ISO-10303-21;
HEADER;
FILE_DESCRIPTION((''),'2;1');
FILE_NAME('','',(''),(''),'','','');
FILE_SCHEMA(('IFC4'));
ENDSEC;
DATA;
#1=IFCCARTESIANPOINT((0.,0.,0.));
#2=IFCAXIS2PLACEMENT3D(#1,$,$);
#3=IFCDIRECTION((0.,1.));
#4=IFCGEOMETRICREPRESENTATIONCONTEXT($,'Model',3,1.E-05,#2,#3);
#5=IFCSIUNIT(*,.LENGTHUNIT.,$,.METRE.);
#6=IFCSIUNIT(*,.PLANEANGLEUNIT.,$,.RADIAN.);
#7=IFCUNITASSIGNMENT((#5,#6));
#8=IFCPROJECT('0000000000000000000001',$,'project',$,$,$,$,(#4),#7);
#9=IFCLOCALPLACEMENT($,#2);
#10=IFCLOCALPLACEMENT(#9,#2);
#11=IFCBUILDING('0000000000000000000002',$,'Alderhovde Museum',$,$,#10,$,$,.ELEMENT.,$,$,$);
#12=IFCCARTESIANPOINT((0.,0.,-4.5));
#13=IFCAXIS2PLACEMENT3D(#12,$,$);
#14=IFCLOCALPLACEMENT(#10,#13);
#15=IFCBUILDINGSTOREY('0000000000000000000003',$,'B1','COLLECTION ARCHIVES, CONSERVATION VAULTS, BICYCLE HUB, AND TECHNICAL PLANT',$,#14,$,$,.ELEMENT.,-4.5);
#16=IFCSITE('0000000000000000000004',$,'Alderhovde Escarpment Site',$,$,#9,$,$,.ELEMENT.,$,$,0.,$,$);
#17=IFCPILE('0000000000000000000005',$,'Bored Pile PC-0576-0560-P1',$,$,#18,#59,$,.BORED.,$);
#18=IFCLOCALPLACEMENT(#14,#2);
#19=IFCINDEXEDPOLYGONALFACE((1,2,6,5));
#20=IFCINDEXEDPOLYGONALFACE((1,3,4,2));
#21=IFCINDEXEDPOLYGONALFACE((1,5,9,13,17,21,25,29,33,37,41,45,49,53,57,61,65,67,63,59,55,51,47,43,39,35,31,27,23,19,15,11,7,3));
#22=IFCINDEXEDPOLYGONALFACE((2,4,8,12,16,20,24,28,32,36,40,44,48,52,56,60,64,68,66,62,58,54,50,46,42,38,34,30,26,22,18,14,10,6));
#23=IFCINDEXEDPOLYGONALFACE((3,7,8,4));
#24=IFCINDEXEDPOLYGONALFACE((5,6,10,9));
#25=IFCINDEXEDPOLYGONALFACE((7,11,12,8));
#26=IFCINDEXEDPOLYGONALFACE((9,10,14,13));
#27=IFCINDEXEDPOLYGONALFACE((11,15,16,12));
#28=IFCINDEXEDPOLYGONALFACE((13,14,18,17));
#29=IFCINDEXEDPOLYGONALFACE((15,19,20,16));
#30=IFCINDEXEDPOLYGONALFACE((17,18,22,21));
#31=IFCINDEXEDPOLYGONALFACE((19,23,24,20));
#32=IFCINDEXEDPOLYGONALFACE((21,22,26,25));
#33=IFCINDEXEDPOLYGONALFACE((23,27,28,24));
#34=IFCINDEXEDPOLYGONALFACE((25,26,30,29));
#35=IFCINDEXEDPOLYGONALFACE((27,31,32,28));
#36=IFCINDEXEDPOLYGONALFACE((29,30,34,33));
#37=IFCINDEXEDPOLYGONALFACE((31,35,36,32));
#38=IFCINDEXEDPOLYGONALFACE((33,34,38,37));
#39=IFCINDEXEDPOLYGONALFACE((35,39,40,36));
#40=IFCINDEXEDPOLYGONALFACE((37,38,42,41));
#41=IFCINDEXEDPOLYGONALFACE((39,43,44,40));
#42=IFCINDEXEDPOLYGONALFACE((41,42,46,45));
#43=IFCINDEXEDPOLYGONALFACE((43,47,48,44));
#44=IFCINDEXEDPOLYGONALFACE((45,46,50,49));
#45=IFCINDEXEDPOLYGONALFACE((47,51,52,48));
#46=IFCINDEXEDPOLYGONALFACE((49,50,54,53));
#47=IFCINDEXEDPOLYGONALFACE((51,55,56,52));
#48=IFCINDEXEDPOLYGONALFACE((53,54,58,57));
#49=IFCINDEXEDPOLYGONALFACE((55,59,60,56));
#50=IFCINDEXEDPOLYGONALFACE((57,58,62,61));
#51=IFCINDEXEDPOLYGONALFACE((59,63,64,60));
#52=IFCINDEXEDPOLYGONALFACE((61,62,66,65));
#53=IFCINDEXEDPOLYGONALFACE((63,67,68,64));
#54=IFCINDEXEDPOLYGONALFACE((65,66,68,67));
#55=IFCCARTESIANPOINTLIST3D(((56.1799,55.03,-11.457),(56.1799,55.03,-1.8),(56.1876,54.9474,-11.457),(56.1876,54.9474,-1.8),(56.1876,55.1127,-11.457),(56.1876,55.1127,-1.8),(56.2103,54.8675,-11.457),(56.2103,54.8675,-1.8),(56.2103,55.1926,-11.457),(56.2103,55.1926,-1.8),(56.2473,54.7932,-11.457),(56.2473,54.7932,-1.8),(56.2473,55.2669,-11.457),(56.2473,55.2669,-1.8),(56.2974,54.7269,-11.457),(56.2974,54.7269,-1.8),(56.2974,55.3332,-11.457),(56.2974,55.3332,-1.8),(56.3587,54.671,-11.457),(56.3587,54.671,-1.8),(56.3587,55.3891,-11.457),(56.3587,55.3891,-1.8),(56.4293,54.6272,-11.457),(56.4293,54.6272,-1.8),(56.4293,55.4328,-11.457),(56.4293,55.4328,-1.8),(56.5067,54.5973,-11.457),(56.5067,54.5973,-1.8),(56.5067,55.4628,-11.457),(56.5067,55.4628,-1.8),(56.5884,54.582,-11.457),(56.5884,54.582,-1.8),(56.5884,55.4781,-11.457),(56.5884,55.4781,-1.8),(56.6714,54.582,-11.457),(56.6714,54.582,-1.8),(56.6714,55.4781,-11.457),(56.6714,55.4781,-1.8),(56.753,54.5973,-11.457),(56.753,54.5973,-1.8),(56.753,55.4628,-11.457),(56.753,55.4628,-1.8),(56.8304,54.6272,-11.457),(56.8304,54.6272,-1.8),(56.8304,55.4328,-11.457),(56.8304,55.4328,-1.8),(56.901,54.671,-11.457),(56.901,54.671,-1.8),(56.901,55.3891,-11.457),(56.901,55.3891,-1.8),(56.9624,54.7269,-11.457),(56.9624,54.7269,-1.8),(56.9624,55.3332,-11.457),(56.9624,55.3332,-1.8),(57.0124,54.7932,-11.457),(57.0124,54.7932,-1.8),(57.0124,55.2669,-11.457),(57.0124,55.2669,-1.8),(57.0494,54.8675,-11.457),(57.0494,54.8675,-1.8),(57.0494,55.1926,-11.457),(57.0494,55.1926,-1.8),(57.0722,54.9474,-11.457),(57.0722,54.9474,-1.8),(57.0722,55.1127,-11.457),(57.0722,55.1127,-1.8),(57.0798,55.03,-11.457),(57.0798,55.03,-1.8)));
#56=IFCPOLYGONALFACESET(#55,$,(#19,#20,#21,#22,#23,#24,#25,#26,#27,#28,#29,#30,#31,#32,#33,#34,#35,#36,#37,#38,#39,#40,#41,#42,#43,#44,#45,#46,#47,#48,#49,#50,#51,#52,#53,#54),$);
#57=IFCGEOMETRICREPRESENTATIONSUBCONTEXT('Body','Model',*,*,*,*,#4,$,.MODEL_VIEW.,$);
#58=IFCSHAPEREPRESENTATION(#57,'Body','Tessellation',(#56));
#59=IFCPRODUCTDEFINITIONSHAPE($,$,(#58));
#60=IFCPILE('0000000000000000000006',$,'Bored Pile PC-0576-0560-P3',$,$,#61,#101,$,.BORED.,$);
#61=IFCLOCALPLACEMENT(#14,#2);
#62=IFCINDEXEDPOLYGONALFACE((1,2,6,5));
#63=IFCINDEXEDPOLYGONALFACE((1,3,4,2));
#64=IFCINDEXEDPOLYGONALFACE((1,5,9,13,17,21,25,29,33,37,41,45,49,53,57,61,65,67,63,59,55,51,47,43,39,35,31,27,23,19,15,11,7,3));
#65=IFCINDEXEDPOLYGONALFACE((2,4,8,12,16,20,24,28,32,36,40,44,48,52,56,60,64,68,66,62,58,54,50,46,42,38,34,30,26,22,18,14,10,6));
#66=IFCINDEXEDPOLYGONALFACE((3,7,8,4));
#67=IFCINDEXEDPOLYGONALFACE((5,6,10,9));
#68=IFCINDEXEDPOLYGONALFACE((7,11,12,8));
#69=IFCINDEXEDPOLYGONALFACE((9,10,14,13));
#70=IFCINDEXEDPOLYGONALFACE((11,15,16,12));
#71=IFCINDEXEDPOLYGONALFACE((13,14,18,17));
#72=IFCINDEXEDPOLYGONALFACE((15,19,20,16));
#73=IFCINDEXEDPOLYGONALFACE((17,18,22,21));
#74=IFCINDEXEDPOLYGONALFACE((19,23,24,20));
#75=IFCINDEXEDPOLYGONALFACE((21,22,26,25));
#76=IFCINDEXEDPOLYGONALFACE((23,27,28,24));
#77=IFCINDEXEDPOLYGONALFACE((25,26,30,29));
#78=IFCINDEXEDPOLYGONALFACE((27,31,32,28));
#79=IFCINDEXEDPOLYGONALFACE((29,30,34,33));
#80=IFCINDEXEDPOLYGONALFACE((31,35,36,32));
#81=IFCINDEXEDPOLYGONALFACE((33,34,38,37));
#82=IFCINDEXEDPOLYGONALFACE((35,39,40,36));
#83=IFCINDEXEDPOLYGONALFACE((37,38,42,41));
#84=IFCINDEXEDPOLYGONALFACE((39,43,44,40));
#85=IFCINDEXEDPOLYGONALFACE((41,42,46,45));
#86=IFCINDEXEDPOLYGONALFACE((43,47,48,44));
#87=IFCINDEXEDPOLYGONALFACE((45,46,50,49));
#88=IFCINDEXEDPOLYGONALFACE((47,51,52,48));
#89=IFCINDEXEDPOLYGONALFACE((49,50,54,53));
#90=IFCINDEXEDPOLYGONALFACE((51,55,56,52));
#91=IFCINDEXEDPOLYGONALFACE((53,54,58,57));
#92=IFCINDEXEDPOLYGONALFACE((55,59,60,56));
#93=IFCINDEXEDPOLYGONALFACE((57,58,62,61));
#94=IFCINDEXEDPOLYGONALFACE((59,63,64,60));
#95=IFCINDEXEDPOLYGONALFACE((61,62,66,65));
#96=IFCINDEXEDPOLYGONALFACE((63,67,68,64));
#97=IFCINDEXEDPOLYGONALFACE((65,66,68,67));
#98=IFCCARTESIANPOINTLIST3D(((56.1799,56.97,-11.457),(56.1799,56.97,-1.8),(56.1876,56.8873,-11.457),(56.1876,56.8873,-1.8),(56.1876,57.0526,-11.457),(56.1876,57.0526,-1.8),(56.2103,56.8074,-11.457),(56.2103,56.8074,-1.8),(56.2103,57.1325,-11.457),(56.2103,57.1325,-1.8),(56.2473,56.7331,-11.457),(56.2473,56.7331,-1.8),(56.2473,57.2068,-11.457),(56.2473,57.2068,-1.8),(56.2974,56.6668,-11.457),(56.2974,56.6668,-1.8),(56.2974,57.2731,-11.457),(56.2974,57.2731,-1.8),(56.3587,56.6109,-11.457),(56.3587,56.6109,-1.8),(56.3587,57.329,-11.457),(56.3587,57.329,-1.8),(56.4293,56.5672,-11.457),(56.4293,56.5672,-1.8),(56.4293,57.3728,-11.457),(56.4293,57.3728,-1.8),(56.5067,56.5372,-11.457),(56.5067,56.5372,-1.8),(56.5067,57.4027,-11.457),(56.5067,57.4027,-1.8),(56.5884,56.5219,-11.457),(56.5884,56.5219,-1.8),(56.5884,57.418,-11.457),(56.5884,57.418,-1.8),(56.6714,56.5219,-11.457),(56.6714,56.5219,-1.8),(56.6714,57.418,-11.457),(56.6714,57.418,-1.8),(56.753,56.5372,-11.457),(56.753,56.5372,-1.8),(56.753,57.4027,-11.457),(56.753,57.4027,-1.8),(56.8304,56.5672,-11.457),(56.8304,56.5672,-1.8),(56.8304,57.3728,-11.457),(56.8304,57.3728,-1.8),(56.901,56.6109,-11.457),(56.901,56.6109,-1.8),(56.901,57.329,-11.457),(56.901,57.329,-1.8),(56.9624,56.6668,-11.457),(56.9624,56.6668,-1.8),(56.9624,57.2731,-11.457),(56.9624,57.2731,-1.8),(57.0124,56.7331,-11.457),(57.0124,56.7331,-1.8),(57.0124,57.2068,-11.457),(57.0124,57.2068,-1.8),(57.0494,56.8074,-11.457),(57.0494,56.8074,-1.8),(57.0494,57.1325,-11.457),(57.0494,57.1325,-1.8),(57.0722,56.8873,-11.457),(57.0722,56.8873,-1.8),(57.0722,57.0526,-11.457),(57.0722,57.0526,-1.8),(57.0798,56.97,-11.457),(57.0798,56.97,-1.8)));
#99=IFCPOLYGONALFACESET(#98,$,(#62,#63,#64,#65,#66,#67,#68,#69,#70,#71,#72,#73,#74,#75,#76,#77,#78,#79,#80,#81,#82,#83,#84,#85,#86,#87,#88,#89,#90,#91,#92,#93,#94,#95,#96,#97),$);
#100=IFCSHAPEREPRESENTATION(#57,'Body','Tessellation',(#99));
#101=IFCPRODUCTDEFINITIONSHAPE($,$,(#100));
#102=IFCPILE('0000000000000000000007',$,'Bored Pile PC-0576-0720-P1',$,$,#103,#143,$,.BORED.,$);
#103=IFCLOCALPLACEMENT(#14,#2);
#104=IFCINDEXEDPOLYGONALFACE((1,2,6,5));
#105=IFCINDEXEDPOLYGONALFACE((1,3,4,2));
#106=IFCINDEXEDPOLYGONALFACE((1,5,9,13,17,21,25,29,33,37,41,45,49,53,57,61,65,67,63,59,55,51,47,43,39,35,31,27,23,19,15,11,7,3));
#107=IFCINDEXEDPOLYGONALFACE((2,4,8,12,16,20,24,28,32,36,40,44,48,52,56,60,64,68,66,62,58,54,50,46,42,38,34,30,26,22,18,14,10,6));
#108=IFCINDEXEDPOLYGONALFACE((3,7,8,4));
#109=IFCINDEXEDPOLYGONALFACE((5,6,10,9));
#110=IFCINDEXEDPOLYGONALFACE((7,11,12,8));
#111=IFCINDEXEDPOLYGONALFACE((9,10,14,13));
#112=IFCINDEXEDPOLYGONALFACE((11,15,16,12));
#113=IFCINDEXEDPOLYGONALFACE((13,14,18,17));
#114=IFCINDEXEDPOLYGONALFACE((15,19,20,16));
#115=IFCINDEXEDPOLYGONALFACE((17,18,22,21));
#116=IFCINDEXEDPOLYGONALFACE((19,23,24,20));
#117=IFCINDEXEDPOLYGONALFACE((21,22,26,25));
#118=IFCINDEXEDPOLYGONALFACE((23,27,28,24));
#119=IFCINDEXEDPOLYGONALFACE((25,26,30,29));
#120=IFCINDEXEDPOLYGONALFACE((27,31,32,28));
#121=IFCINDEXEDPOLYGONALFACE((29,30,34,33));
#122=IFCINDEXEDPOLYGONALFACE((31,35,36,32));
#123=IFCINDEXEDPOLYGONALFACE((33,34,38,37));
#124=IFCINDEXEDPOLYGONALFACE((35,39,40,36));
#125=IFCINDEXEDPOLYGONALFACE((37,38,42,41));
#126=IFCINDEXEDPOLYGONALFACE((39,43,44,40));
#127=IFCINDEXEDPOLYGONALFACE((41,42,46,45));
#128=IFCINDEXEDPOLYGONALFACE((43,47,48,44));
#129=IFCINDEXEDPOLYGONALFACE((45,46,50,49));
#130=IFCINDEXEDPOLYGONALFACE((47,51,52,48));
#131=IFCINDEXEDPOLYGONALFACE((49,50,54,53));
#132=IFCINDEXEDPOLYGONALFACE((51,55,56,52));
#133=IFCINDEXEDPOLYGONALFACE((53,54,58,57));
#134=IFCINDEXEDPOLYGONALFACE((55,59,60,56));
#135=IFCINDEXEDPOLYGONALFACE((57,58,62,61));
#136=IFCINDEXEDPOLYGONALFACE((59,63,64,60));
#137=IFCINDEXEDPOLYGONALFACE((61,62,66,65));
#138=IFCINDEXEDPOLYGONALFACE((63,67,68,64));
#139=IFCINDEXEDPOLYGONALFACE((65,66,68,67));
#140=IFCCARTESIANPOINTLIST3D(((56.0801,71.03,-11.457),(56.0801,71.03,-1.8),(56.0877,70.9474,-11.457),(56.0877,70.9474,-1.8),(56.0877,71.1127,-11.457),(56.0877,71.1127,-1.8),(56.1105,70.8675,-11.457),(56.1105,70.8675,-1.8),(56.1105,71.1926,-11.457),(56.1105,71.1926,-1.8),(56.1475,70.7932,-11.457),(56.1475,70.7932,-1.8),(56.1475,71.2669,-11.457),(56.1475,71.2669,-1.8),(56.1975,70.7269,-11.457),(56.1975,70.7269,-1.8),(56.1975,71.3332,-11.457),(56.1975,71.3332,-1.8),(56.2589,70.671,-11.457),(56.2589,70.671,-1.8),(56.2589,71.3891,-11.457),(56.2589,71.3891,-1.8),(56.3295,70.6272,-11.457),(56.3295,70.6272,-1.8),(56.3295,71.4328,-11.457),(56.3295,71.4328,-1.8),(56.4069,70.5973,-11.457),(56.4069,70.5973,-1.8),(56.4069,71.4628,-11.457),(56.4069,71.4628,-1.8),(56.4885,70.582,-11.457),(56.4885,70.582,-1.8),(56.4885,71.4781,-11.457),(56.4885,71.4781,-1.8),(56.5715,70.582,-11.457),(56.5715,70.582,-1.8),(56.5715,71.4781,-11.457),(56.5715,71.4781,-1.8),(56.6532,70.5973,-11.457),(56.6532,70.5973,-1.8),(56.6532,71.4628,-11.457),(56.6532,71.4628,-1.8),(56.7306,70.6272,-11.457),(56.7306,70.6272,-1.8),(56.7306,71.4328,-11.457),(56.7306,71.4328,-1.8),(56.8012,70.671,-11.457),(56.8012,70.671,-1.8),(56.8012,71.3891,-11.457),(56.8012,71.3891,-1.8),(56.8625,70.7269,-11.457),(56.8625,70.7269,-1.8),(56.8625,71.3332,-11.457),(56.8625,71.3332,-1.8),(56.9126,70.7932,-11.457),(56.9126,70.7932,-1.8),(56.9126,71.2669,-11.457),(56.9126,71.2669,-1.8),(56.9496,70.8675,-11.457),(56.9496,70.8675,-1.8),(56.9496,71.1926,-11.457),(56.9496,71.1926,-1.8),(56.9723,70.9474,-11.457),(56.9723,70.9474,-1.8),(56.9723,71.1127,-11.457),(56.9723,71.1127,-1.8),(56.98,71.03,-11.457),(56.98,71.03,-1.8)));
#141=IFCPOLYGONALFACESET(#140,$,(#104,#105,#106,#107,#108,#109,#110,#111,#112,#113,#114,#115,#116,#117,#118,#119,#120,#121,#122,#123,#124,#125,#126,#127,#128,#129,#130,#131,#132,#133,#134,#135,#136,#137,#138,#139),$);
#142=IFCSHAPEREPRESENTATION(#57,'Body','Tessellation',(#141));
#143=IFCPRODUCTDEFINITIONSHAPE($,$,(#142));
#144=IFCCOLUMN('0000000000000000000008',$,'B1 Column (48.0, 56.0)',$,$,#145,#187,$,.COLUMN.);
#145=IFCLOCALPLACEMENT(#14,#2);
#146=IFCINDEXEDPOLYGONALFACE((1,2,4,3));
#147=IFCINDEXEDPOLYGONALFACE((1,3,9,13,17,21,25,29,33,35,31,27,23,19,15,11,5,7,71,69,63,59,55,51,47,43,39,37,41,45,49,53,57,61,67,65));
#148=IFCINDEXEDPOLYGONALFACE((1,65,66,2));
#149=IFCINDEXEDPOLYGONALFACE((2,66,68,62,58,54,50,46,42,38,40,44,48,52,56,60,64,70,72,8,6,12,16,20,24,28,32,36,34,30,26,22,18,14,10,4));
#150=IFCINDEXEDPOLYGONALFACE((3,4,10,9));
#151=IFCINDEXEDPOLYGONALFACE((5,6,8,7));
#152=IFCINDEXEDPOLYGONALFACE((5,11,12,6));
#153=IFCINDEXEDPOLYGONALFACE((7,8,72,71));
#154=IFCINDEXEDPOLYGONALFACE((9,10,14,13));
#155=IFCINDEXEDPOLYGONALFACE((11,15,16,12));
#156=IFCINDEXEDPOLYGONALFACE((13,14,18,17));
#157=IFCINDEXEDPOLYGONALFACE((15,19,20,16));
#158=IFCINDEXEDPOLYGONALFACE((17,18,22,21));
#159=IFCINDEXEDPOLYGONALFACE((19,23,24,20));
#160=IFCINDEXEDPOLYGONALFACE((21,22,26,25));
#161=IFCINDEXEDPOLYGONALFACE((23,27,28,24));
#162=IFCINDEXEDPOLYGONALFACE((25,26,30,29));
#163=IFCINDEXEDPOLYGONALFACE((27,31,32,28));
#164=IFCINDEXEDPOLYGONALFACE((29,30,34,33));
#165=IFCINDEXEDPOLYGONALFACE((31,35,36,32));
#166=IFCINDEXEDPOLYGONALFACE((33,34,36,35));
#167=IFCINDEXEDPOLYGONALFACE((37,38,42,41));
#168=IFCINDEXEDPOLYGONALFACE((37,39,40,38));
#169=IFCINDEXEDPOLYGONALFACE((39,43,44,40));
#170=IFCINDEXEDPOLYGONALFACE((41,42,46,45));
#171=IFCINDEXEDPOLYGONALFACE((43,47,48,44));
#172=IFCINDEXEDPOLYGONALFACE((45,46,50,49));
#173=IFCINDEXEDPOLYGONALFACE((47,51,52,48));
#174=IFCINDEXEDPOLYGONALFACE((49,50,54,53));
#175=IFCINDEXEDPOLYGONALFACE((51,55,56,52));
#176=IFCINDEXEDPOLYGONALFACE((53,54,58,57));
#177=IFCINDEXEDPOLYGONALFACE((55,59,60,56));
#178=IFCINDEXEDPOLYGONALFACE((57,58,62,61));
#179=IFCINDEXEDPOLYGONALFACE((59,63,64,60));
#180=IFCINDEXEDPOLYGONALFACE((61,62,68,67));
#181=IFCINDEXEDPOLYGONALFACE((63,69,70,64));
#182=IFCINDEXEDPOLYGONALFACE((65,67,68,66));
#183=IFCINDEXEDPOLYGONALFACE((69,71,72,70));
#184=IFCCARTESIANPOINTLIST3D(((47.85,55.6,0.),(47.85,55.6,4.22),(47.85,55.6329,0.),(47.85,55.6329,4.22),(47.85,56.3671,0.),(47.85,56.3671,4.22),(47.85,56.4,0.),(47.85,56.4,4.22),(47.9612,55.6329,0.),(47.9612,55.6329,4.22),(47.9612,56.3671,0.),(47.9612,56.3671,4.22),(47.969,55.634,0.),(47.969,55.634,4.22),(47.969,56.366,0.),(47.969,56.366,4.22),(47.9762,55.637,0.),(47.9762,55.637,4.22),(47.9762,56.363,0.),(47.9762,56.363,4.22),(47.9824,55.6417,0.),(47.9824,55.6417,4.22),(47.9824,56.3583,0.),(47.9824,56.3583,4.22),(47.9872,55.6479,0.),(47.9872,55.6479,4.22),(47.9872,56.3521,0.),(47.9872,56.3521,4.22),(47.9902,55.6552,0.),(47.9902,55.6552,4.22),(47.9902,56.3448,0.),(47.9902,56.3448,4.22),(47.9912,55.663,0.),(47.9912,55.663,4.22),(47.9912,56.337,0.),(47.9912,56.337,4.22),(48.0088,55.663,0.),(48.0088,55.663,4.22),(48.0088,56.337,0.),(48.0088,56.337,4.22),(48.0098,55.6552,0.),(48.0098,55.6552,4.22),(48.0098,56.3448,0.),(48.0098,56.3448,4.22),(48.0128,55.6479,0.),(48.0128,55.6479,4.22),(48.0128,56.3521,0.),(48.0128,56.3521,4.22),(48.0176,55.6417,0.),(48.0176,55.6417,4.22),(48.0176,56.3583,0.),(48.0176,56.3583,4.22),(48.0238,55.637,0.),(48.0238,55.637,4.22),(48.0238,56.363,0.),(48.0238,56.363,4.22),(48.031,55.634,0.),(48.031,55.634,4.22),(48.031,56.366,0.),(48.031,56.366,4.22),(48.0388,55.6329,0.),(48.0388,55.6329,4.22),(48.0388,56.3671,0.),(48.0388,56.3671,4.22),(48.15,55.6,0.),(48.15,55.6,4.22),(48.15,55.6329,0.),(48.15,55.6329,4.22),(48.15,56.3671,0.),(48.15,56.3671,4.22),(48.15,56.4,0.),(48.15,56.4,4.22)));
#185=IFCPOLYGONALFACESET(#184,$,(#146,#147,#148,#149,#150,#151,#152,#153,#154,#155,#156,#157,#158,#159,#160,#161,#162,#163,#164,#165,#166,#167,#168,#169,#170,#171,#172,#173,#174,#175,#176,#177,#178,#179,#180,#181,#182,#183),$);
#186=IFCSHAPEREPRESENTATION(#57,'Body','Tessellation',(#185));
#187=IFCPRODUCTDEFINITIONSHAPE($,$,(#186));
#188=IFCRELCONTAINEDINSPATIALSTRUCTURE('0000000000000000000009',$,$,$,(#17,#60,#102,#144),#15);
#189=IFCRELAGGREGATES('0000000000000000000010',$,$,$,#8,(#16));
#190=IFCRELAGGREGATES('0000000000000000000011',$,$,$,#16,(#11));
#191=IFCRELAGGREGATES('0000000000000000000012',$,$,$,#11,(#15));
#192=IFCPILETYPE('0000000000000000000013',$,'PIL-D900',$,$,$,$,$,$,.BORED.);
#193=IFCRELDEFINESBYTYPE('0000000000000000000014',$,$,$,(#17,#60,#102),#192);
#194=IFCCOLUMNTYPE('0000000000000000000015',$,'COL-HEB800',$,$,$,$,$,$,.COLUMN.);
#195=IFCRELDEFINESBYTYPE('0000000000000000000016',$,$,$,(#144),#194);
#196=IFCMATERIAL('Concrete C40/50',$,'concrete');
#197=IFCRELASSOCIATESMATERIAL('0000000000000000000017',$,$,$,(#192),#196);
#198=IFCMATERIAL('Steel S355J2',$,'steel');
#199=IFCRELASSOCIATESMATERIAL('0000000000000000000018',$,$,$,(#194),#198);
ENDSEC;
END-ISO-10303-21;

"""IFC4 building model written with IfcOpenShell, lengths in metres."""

from ifc_helpers import new_model, si_unit, direction, frame, origin, origin_2d, place, context, subcontext, project, spatial, circle, i_section, extrude, material, material_profile, profile_set, type_object, element, save


model = new_model("IFC4")

# Units and contexts
model_context = context("Model", 3, precision=1e-05, world=origin(), true_north=direction((0.0, 1.0)))
body_context = subcontext(model_context, "Body", "Model", "MODEL_VIEW")
ifc_project = project(units=[si_unit("LENGTHUNIT", "METRE"), si_unit("PLANEANGLEUNIT", "RADIAN")], contexts=[model_context])

# Site, building, storey
site_placement = place(None, origin())
site = spatial("IfcSite", under=ifc_project, at=site_placement, Name="Alderhovde Escarpment Site", CompositionType="ELEMENT", RefElevation=0.0)
building_placement = place(site_placement, origin())
building = spatial("IfcBuilding", under=site, at=building_placement, Name="Alderhovde Museum", CompositionType="ELEMENT")
storey_placement = place(building_placement, frame((0.0, 0.0, -4.5)))
storey = spatial("IfcBuildingStorey", under=building, at=storey_placement, Name="B1", Description="COLLECTION ARCHIVES, CONSERVATION VAULTS, BICYCLE HUB, AND TECHNICAL PLANT", CompositionType="ELEMENT", Elevation=-4.5)

# Piles
ifc_material_1 = material(Name="Concrete C40/50", Category="concrete")
ifc_material_profile_1 = material_profile(ifc_material_1, circle(Radius=0.45, at=origin_2d()), Name="PILE-D900")
ifc_profile_set_1 = profile_set([ifc_material_profile_1], Name="Concrete C40/50")
pile_type_1 = type_object("IfcPileType", Name="PIL-D900", PredefinedType="BORED", material=ifc_profile_set_1)
for number, where, z_axis, x_axis, name in (
    (1, (56.6299, 55.03, -1.8), (0.0, 0.0, -1.0), (1.0, 0.0, 0.0), "Bored Pile PC-0576-0560-P1"),
    (2, (56.6299, 56.97, -1.8), (0.0, 0.0, -1.0), (1.0, 0.0, 0.0), "Bored Pile PC-0576-0560-P3"),
    (3, (56.53, 71.03, -1.8), (0.0, 0.0, -1.0), (1.0, 0.0, 0.0), "Bored Pile PC-0576-0720-P1"),
):
    element("IfcPile", number, at=place(storey_placement, frame(where, z_axis=z_axis, x_axis=x_axis)), inside=storey, type_object=pile_type_1, Name=name, PredefinedType="BORED", context=body_context, shape_type="SweptSolid", body=[
        extrude(circle(Radius=0.45, at=origin_2d()), origin(), (0.0, 0.0, 1.0), 9.657),
    ])

# Column
ifc_material_2 = material(Name="Steel S355J2", Category="steel")
ifc_material_profile_2 = material_profile(ifc_material_2, i_section(OverallWidth=0.3, OverallDepth=0.8, WebThickness=0.0176, FlangeThickness=0.033, FilletRadius=0.03, at=origin_2d()), Name="HEB 800")
ifc_profile_set_2 = profile_set([ifc_material_profile_2], Name="Steel S355J2")
column_type_1 = type_object("IfcColumnType", Name="COL-HEB800", PredefinedType="COLUMN", material=ifc_profile_set_2)
column_1_placement = place(storey_placement, frame((48.0, 56.0, 0.0), z_axis=(0.0, 0.0, 1.0), x_axis=(1.0, 0.0, 0.0)))
element("IfcColumn", 4, at=column_1_placement, inside=storey, type_object=column_type_1, Name="B1 Column (48.0, 56.0)", PredefinedType="COLUMN", context=body_context, shape_type="SweptSolid", body=[
    extrude(i_section(OverallWidth=0.3, OverallDepth=0.8, WebThickness=0.0176, FlangeThickness=0.033, FilletRadius=0.03, at=origin_2d()), origin(), (0.0, 0.0, 1.0), 4.22),
])

save(model, "model.ifc")
